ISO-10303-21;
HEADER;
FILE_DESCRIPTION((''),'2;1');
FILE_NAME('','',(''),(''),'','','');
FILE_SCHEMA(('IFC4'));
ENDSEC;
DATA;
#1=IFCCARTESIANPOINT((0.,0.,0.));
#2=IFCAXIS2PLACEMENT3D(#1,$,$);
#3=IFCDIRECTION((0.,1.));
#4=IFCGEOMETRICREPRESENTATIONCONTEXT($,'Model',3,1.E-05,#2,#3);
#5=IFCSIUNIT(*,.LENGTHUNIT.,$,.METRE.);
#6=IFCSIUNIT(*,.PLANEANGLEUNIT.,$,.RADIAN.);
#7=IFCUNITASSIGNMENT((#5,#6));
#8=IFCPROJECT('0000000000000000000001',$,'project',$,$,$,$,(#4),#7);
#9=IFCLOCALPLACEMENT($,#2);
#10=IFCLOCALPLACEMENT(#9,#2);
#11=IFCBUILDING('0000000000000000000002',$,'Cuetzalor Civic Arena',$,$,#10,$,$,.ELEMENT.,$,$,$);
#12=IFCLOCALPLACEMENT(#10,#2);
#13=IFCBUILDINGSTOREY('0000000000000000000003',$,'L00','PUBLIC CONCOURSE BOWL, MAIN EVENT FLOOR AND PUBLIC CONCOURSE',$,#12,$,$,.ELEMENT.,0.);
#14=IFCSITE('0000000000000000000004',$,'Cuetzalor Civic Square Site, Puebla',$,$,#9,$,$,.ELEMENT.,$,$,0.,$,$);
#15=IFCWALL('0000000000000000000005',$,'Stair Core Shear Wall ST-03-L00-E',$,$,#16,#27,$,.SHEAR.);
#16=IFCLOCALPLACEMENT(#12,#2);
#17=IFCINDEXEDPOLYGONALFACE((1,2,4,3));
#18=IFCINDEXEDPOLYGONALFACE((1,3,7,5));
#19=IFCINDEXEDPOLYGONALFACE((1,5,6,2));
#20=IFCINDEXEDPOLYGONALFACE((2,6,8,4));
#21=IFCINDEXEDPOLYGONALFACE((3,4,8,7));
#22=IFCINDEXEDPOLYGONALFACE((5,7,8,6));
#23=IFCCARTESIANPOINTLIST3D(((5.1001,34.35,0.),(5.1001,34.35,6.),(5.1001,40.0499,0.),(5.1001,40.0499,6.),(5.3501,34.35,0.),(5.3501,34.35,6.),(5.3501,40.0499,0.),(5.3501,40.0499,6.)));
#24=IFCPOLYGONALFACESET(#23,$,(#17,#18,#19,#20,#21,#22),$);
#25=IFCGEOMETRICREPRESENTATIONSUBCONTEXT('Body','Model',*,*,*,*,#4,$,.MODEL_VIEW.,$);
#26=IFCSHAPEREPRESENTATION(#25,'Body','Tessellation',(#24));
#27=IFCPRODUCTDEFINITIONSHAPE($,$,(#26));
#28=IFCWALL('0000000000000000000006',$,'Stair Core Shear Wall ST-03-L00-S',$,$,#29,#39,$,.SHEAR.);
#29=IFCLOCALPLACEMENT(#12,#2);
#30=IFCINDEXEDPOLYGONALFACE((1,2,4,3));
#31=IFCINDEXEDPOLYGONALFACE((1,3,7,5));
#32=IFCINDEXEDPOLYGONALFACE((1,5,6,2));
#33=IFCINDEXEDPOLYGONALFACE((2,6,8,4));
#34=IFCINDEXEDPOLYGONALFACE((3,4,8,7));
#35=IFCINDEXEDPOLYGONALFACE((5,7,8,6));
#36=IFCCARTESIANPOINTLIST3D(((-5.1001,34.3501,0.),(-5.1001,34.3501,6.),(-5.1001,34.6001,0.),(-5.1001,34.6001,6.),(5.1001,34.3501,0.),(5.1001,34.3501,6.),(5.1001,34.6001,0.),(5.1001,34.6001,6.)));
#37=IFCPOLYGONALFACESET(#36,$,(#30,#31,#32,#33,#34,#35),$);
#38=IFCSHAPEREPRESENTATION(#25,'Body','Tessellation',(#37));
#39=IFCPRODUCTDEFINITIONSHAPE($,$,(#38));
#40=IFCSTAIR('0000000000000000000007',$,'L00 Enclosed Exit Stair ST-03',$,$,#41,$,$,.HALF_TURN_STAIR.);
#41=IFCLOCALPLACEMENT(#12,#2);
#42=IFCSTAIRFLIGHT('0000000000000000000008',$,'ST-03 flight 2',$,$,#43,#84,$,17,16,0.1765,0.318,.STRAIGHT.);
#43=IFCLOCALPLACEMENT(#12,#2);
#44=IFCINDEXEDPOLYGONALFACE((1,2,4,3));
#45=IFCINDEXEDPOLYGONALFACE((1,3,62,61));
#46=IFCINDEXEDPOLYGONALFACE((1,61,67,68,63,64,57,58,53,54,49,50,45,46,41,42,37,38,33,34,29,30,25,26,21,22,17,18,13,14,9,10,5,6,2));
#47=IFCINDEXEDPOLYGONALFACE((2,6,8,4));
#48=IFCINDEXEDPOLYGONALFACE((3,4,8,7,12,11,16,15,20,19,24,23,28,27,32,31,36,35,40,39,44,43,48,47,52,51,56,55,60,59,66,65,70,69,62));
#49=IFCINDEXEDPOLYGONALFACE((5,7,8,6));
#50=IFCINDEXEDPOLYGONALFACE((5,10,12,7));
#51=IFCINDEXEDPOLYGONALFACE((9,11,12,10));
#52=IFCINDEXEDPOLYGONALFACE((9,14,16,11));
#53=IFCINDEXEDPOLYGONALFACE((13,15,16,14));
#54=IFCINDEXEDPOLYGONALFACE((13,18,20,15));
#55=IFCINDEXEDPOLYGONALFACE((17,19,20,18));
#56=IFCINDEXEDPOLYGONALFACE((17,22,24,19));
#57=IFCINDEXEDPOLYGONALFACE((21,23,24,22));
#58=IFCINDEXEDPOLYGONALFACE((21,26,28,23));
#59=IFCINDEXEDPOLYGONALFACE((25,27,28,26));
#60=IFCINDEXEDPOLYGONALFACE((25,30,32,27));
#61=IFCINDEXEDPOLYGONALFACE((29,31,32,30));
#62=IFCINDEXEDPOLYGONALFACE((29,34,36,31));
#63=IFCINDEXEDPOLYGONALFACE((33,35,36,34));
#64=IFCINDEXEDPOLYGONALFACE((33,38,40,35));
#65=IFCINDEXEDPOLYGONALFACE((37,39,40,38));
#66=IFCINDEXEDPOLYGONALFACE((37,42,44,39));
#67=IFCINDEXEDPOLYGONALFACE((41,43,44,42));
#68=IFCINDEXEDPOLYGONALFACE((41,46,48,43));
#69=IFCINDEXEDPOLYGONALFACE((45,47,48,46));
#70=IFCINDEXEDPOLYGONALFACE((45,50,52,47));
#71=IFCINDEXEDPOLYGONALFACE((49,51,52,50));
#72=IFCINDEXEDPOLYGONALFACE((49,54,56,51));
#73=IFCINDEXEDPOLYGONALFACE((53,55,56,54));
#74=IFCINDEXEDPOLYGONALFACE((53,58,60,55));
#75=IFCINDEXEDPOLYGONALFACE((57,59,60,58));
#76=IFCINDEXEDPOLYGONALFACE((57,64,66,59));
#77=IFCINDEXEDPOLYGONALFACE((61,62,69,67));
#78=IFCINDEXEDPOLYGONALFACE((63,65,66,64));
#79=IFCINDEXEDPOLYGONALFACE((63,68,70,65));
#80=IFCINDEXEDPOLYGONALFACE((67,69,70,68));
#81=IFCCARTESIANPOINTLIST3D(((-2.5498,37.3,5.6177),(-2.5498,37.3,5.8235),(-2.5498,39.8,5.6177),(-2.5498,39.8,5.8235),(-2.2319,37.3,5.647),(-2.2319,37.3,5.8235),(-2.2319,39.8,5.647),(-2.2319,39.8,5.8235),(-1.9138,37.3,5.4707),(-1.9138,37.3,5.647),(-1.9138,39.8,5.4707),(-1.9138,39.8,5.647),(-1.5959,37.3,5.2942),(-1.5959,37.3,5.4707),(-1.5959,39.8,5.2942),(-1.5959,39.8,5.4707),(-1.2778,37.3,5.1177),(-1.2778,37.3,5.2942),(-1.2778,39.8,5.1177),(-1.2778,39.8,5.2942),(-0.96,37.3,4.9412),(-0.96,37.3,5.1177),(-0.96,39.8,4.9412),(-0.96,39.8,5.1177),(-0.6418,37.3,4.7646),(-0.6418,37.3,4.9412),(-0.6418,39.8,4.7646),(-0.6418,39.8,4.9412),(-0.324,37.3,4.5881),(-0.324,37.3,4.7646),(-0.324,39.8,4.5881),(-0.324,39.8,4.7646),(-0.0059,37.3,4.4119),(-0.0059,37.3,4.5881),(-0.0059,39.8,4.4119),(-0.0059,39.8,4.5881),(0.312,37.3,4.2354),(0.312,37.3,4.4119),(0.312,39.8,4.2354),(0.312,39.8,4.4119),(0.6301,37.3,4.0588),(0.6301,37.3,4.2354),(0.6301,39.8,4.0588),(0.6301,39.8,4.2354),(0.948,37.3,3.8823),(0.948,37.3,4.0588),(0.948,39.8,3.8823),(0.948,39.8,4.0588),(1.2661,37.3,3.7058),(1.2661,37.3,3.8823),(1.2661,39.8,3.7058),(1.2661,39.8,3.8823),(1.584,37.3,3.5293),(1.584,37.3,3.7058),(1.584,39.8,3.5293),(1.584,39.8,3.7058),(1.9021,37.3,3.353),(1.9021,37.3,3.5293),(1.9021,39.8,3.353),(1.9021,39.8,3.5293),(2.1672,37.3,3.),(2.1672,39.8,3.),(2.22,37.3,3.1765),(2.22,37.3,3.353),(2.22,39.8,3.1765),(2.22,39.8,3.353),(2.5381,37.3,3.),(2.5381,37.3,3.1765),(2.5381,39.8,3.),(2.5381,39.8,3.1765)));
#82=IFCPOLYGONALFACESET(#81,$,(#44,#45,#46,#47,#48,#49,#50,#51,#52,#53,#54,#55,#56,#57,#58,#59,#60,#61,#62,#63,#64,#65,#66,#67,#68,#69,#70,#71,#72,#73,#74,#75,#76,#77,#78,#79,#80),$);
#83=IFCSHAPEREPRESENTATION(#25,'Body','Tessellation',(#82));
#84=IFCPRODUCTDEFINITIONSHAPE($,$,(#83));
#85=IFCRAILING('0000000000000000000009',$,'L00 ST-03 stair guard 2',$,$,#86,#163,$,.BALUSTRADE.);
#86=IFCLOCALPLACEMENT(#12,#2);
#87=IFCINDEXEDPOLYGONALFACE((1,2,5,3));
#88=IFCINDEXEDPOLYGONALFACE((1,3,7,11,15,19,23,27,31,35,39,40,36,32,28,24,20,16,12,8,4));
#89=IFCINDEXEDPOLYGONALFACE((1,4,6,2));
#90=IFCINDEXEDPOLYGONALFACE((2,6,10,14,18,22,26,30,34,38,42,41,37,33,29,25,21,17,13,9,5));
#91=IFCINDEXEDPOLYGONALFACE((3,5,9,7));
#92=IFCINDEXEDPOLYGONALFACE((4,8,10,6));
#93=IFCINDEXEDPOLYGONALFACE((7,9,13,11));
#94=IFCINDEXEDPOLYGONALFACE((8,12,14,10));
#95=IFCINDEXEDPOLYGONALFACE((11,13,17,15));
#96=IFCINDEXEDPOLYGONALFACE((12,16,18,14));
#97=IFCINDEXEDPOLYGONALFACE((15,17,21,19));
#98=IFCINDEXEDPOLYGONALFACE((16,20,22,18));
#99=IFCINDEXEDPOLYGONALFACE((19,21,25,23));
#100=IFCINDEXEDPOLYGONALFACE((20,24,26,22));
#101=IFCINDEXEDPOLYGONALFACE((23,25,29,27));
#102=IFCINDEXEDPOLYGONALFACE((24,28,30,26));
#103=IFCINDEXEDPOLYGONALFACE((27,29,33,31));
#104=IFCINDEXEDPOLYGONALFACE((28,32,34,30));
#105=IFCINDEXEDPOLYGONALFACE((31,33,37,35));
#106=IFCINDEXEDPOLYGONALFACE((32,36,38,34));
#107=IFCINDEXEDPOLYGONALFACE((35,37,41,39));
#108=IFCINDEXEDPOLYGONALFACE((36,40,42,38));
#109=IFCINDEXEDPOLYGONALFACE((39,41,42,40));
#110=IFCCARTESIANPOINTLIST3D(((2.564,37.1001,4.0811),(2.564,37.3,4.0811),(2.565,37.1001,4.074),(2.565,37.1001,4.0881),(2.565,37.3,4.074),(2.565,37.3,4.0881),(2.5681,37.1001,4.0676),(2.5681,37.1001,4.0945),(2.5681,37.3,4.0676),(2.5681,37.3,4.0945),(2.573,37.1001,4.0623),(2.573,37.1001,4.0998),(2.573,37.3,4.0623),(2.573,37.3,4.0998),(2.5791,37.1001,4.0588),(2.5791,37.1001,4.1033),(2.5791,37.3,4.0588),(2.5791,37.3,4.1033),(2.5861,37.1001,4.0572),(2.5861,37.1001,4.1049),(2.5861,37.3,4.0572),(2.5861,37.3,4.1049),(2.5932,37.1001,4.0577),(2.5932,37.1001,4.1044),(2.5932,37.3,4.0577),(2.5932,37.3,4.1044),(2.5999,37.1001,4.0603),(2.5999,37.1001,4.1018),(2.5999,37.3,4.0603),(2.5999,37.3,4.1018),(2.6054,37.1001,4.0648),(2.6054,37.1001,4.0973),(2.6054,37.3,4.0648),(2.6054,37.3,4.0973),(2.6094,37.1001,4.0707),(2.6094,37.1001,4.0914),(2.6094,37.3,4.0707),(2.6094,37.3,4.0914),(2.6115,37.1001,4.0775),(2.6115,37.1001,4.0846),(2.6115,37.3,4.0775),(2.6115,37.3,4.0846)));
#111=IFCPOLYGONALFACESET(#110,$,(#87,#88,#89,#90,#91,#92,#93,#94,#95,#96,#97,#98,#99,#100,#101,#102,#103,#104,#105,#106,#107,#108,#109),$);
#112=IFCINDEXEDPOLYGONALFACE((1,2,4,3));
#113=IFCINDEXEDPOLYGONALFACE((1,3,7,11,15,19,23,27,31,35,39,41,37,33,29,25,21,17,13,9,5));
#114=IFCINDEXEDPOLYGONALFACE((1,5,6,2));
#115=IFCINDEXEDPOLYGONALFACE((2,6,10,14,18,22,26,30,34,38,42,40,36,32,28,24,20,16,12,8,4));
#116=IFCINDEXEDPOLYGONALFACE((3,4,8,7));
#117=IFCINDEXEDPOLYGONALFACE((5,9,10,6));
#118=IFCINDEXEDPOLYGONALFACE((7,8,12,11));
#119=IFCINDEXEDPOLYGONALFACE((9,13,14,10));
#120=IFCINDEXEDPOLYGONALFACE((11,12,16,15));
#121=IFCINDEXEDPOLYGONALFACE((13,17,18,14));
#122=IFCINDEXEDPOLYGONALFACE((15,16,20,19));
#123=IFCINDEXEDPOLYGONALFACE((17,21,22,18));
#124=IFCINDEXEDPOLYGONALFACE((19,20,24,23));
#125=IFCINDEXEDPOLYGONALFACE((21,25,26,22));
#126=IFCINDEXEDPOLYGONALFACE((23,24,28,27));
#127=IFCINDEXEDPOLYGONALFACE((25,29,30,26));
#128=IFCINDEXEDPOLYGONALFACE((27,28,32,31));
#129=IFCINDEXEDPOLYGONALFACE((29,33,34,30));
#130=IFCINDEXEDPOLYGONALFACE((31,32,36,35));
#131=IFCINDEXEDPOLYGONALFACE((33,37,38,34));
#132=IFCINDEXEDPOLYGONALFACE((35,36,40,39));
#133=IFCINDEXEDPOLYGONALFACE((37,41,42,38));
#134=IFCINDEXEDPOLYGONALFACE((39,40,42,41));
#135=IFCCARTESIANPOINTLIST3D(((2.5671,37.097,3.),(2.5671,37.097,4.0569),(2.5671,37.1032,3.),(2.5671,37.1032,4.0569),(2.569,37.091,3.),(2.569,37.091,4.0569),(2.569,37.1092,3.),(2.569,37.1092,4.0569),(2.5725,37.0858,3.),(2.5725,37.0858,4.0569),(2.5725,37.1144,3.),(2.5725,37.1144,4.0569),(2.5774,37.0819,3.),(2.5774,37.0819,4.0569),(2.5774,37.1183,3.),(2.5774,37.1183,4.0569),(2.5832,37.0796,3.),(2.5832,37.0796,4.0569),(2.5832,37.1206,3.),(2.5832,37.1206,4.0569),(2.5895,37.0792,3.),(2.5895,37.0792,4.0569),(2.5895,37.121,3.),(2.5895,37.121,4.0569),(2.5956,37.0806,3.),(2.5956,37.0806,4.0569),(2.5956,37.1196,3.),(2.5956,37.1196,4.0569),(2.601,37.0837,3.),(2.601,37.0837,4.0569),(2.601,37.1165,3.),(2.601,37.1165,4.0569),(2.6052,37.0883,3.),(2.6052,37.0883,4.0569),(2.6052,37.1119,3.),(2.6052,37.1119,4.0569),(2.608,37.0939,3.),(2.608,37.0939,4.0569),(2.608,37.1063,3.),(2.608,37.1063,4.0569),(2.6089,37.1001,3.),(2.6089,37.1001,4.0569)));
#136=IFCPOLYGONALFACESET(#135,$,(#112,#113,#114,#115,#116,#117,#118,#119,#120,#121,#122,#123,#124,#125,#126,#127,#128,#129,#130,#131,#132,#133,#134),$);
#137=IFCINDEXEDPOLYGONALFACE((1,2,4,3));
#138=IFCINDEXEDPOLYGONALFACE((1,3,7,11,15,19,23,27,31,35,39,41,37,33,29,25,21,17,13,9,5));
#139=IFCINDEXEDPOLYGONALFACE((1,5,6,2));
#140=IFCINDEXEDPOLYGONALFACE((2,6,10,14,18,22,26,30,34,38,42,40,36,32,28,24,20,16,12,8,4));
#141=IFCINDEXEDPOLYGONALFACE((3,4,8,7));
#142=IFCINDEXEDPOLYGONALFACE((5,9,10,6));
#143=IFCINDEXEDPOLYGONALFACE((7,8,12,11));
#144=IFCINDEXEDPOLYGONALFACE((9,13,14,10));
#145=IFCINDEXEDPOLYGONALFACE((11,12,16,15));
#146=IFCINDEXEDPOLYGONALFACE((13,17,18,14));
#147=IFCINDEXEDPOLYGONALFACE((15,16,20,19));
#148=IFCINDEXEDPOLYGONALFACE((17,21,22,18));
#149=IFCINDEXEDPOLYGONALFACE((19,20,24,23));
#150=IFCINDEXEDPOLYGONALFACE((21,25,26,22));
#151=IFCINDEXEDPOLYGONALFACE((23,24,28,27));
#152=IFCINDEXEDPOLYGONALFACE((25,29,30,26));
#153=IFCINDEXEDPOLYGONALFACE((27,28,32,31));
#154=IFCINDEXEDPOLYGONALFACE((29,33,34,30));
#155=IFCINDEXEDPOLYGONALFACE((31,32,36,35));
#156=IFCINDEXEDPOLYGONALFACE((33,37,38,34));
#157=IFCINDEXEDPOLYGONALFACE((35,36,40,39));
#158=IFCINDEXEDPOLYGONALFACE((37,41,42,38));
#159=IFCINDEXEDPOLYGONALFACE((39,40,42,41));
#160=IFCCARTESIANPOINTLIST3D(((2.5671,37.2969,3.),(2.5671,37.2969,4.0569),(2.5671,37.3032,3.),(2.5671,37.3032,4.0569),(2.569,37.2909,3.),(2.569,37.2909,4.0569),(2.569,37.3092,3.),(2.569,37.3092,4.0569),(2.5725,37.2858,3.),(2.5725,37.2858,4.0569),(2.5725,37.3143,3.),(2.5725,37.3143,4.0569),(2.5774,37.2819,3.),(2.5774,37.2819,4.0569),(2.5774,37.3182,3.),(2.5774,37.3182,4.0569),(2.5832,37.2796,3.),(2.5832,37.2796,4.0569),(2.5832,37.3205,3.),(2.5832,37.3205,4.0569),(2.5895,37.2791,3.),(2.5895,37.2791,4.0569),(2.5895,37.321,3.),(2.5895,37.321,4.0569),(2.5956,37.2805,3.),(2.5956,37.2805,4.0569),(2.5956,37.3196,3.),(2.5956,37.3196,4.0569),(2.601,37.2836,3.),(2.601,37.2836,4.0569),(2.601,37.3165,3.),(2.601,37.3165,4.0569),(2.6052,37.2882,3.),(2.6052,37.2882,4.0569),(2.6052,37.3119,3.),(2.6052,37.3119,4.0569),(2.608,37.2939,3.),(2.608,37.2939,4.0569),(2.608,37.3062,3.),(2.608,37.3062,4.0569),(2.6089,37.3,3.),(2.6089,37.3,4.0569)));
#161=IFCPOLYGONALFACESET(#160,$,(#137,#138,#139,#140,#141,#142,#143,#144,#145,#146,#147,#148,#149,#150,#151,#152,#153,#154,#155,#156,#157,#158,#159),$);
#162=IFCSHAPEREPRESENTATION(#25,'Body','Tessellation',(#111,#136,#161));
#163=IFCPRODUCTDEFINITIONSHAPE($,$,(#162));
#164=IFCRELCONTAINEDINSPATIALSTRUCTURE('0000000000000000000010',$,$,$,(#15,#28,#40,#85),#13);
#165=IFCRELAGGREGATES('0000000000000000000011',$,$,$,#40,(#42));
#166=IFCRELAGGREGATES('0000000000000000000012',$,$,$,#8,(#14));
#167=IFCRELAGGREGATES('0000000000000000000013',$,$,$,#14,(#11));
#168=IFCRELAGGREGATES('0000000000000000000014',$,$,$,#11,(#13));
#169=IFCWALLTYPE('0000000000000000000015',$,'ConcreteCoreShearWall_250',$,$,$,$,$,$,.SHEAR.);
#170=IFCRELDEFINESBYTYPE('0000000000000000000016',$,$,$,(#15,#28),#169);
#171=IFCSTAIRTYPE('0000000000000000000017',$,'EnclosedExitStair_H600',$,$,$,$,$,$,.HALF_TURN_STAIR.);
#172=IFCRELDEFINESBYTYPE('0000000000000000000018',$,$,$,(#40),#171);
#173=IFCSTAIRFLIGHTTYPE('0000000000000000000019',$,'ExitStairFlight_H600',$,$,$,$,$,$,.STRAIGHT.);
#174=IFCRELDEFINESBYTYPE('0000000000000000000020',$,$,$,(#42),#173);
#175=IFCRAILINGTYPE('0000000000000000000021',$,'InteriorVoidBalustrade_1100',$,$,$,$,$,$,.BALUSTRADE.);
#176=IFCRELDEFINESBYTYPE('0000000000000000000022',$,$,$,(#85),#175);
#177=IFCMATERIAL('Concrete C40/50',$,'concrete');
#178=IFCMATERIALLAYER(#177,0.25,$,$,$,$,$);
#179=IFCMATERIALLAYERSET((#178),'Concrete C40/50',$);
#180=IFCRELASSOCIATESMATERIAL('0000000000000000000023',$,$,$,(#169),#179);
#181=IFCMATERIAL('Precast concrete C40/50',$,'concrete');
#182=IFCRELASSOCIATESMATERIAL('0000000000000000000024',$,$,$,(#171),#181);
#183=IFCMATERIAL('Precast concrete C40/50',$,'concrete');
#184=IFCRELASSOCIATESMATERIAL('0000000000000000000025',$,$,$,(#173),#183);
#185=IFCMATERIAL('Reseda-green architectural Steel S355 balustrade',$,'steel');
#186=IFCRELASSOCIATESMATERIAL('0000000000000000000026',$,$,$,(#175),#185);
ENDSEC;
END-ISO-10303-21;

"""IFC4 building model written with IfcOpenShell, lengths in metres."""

from ifc_helpers import new_model, si_unit, direction, frame, frame_2d, origin, origin_2d, place, context, subcontext, project, spatial, polyline, rectangle, circle, outline, extrude, material, layer, layer_set, type_object, element, aggregate, save


model = new_model("IFC4")

# Units and contexts
model_context = context("Model", 3, precision=1e-05, world=origin(), true_north=direction((0.0, 1.0)))
body_context = subcontext(model_context, "Body", "Model", "MODEL_VIEW")
ifc_project = project(units=[si_unit("LENGTHUNIT", "METRE"), si_unit("PLANEANGLEUNIT", "RADIAN")], contexts=[model_context])

# Site, building, storey
site_placement = place(None, origin())
site = spatial("IfcSite", under=ifc_project, at=site_placement, Name="Cuetzalor Civic Square Site, Puebla", CompositionType="ELEMENT", RefElevation=0.0)
building_placement = place(site_placement, origin())
building = spatial("IfcBuilding", under=site, at=building_placement, Name="Cuetzalor Civic Arena", CompositionType="ELEMENT")
storey_placement = place(building_placement, origin())
storey = spatial("IfcBuildingStorey", under=building, at=storey_placement, Name="L00", Description="PUBLIC CONCOURSE BOWL, MAIN EVENT FLOOR AND PUBLIC CONCOURSE", CompositionType="ELEMENT", Elevation=0.0)

# Walls
ifc_material_1 = material(Name="Concrete C40/50", Category="concrete")
ifc_layer_1 = layer(ifc_material_1, 0.25)
ifc_layer_set_1 = layer_set([ifc_layer_1], Name="Concrete C40/50")
wall_type = type_object("IfcWallType", Name="ConcreteCoreShearWall_250", PredefinedType="SHEAR", material=ifc_layer_set_1)
wall_1_placement = place(storey_placement, frame((5.2251, 40.05, 0.0), z_axis=(0.0, 0.0, 1.0), x_axis=(0.0, -1.0, 0.0)))
element("IfcWall", 1, at=wall_1_placement, inside=storey, type_object=wall_type, Name="Stair Core Shear Wall ST-03-L00-E", PredefinedType="SHEAR", context=body_context, shape_type="SweptSolid", body=[
    extrude(rectangle(XDim=5.7, YDim=0.25, at=frame_2d((2.8501, 0.0))), origin(), (0.0, 0.0, 1.0), 6.0),
])
wall_2_placement = place(storey_placement, frame((5.1001, 34.4751, 0.0), z_axis=(0.0, 0.0, 1.0), x_axis=(-1.0, 0.0, 0.0)))
element("IfcWall", 2, at=wall_2_placement, inside=storey, type_object=wall_type, Name="Stair Core Shear Wall ST-03-L00-S", PredefinedType="SHEAR", context=body_context, shape_type="SweptSolid", body=[
    extrude(rectangle(XDim=10.2002, YDim=0.25, at=frame_2d((5.1001, 0.0))), origin(), (0.0, 0.0, 1.0), 6.0),
])

# Stair, stair flight
ifc_material_2 = material(Name="Precast concrete C40/50", Category="concrete")
stair_type = type_object("IfcStairType", Name="EnclosedExitStair_H600", PredefinedType="HALF_TURN_STAIR", material=ifc_material_2)
stair_placement = place(storey_placement, origin())
stair = element("IfcStair", 3, at=stair_placement, inside=storey, type_object=stair_type, Name="L00 Enclosed Exit Stair ST-03", PredefinedType="HALF_TURN_STAIR")
ifc_material_3 = material(Name="Precast concrete C40/50", Category="concrete")
stair_flight_type = type_object("IfcStairFlightType", Name="ExitStairFlight_H600", PredefinedType="STRAIGHT", material=ifc_material_3)
stair_flight_placement = place(storey_placement, frame((2.5381, 38.55, 3.0), z_axis=(0.0, 0.0, 1.0), x_axis=(-1.0, 0.0, 0.0)))
stair_flight = element("IfcStairFlight", 4, at=stair_flight_placement, type_object=stair_flight_type, Name="ST-03 flight 2", NumberOfRisers=17, NumberOfTreads=16, PredefinedType="STRAIGHT", RiserHeight=0.1765, TreadLength=0.318, context=body_context, shape_type="SweptSolid", body=[
    extrude(outline(polyline([(0.0, 0.0), (0.0, 0.1765), (0.3181, 0.1765), (0.3181, 0.353), (0.636, 0.353), (0.636, 0.5293), (0.9541, 0.5293), (0.9541, 0.7058), (1.272, 0.7058), (1.272, 0.8823), (1.5901, 0.8823), (1.5901, 1.0588), (1.908, 1.0588), (1.908, 1.2354), (2.2261, 1.2354), (2.2261, 1.4119), (2.5439, 1.4119), (2.5439, 1.5881), (2.8621, 1.5881), (2.8621, 1.7646), (3.1799, 1.7646), (3.1799, 1.9412), (3.498, 1.9412), (3.498, 2.1177), (3.8159, 2.1177), (3.8159, 2.2942), (4.134, 2.2942), (4.134, 2.4707), (4.4519, 2.4707), (4.4519, 2.647), (4.77, 2.647), (4.77, 2.8235), (5.0879, 2.8235), (5.0879, 3.0), (5.0879, 2.6177), (0.3708, 0.0), (0.0, 0.0)])), frame((0.0, 1.25, 0.0), z_axis=(0.0, -1.0, 0.0), x_axis=(1.0, 0.0, 0.0)), (0.0, 0.0, 1.0), 2.5),
])
aggregate(stair, [stair_flight])

# Railing
ifc_material_4 = material(Name="Reseda-green architectural Steel S355 balustrade", Category="steel")
railing_type_1 = type_object("IfcRailingType", Name="InteriorVoidBalustrade_1100", PredefinedType="BALUSTRADE", material=ifc_material_4)
railing_1_placement = place(storey_placement, frame((2.5879, 37.1001, 3.0)))
element("IfcRailing", 5, at=railing_1_placement, inside=storey, type_object=railing_type_1, Name="L00 ST-03 stair guard 2", PredefinedType="BALUSTRADE", context=body_context, shape_type="SweptSolid", body=[
    extrude(circle(Radius=0.0239, at=origin_2d()), frame((0.0, 0.0, 1.0811), z_axis=(0.0, 1.0, 0.0), x_axis=(-1.0, 0.0, 0.0)), (0.0, 0.0, 1.0), 0.2),
    extrude(circle(Radius=0.021, at=origin_2d()), origin(), (0.0, 0.0, 1.0), 1.0569),
    extrude(circle(Radius=0.021, at=origin_2d()), frame((0.0, 0.2, 0.0)), (0.0, 0.0, 1.0), 1.0569),
])

save(model, "model.ifc")
